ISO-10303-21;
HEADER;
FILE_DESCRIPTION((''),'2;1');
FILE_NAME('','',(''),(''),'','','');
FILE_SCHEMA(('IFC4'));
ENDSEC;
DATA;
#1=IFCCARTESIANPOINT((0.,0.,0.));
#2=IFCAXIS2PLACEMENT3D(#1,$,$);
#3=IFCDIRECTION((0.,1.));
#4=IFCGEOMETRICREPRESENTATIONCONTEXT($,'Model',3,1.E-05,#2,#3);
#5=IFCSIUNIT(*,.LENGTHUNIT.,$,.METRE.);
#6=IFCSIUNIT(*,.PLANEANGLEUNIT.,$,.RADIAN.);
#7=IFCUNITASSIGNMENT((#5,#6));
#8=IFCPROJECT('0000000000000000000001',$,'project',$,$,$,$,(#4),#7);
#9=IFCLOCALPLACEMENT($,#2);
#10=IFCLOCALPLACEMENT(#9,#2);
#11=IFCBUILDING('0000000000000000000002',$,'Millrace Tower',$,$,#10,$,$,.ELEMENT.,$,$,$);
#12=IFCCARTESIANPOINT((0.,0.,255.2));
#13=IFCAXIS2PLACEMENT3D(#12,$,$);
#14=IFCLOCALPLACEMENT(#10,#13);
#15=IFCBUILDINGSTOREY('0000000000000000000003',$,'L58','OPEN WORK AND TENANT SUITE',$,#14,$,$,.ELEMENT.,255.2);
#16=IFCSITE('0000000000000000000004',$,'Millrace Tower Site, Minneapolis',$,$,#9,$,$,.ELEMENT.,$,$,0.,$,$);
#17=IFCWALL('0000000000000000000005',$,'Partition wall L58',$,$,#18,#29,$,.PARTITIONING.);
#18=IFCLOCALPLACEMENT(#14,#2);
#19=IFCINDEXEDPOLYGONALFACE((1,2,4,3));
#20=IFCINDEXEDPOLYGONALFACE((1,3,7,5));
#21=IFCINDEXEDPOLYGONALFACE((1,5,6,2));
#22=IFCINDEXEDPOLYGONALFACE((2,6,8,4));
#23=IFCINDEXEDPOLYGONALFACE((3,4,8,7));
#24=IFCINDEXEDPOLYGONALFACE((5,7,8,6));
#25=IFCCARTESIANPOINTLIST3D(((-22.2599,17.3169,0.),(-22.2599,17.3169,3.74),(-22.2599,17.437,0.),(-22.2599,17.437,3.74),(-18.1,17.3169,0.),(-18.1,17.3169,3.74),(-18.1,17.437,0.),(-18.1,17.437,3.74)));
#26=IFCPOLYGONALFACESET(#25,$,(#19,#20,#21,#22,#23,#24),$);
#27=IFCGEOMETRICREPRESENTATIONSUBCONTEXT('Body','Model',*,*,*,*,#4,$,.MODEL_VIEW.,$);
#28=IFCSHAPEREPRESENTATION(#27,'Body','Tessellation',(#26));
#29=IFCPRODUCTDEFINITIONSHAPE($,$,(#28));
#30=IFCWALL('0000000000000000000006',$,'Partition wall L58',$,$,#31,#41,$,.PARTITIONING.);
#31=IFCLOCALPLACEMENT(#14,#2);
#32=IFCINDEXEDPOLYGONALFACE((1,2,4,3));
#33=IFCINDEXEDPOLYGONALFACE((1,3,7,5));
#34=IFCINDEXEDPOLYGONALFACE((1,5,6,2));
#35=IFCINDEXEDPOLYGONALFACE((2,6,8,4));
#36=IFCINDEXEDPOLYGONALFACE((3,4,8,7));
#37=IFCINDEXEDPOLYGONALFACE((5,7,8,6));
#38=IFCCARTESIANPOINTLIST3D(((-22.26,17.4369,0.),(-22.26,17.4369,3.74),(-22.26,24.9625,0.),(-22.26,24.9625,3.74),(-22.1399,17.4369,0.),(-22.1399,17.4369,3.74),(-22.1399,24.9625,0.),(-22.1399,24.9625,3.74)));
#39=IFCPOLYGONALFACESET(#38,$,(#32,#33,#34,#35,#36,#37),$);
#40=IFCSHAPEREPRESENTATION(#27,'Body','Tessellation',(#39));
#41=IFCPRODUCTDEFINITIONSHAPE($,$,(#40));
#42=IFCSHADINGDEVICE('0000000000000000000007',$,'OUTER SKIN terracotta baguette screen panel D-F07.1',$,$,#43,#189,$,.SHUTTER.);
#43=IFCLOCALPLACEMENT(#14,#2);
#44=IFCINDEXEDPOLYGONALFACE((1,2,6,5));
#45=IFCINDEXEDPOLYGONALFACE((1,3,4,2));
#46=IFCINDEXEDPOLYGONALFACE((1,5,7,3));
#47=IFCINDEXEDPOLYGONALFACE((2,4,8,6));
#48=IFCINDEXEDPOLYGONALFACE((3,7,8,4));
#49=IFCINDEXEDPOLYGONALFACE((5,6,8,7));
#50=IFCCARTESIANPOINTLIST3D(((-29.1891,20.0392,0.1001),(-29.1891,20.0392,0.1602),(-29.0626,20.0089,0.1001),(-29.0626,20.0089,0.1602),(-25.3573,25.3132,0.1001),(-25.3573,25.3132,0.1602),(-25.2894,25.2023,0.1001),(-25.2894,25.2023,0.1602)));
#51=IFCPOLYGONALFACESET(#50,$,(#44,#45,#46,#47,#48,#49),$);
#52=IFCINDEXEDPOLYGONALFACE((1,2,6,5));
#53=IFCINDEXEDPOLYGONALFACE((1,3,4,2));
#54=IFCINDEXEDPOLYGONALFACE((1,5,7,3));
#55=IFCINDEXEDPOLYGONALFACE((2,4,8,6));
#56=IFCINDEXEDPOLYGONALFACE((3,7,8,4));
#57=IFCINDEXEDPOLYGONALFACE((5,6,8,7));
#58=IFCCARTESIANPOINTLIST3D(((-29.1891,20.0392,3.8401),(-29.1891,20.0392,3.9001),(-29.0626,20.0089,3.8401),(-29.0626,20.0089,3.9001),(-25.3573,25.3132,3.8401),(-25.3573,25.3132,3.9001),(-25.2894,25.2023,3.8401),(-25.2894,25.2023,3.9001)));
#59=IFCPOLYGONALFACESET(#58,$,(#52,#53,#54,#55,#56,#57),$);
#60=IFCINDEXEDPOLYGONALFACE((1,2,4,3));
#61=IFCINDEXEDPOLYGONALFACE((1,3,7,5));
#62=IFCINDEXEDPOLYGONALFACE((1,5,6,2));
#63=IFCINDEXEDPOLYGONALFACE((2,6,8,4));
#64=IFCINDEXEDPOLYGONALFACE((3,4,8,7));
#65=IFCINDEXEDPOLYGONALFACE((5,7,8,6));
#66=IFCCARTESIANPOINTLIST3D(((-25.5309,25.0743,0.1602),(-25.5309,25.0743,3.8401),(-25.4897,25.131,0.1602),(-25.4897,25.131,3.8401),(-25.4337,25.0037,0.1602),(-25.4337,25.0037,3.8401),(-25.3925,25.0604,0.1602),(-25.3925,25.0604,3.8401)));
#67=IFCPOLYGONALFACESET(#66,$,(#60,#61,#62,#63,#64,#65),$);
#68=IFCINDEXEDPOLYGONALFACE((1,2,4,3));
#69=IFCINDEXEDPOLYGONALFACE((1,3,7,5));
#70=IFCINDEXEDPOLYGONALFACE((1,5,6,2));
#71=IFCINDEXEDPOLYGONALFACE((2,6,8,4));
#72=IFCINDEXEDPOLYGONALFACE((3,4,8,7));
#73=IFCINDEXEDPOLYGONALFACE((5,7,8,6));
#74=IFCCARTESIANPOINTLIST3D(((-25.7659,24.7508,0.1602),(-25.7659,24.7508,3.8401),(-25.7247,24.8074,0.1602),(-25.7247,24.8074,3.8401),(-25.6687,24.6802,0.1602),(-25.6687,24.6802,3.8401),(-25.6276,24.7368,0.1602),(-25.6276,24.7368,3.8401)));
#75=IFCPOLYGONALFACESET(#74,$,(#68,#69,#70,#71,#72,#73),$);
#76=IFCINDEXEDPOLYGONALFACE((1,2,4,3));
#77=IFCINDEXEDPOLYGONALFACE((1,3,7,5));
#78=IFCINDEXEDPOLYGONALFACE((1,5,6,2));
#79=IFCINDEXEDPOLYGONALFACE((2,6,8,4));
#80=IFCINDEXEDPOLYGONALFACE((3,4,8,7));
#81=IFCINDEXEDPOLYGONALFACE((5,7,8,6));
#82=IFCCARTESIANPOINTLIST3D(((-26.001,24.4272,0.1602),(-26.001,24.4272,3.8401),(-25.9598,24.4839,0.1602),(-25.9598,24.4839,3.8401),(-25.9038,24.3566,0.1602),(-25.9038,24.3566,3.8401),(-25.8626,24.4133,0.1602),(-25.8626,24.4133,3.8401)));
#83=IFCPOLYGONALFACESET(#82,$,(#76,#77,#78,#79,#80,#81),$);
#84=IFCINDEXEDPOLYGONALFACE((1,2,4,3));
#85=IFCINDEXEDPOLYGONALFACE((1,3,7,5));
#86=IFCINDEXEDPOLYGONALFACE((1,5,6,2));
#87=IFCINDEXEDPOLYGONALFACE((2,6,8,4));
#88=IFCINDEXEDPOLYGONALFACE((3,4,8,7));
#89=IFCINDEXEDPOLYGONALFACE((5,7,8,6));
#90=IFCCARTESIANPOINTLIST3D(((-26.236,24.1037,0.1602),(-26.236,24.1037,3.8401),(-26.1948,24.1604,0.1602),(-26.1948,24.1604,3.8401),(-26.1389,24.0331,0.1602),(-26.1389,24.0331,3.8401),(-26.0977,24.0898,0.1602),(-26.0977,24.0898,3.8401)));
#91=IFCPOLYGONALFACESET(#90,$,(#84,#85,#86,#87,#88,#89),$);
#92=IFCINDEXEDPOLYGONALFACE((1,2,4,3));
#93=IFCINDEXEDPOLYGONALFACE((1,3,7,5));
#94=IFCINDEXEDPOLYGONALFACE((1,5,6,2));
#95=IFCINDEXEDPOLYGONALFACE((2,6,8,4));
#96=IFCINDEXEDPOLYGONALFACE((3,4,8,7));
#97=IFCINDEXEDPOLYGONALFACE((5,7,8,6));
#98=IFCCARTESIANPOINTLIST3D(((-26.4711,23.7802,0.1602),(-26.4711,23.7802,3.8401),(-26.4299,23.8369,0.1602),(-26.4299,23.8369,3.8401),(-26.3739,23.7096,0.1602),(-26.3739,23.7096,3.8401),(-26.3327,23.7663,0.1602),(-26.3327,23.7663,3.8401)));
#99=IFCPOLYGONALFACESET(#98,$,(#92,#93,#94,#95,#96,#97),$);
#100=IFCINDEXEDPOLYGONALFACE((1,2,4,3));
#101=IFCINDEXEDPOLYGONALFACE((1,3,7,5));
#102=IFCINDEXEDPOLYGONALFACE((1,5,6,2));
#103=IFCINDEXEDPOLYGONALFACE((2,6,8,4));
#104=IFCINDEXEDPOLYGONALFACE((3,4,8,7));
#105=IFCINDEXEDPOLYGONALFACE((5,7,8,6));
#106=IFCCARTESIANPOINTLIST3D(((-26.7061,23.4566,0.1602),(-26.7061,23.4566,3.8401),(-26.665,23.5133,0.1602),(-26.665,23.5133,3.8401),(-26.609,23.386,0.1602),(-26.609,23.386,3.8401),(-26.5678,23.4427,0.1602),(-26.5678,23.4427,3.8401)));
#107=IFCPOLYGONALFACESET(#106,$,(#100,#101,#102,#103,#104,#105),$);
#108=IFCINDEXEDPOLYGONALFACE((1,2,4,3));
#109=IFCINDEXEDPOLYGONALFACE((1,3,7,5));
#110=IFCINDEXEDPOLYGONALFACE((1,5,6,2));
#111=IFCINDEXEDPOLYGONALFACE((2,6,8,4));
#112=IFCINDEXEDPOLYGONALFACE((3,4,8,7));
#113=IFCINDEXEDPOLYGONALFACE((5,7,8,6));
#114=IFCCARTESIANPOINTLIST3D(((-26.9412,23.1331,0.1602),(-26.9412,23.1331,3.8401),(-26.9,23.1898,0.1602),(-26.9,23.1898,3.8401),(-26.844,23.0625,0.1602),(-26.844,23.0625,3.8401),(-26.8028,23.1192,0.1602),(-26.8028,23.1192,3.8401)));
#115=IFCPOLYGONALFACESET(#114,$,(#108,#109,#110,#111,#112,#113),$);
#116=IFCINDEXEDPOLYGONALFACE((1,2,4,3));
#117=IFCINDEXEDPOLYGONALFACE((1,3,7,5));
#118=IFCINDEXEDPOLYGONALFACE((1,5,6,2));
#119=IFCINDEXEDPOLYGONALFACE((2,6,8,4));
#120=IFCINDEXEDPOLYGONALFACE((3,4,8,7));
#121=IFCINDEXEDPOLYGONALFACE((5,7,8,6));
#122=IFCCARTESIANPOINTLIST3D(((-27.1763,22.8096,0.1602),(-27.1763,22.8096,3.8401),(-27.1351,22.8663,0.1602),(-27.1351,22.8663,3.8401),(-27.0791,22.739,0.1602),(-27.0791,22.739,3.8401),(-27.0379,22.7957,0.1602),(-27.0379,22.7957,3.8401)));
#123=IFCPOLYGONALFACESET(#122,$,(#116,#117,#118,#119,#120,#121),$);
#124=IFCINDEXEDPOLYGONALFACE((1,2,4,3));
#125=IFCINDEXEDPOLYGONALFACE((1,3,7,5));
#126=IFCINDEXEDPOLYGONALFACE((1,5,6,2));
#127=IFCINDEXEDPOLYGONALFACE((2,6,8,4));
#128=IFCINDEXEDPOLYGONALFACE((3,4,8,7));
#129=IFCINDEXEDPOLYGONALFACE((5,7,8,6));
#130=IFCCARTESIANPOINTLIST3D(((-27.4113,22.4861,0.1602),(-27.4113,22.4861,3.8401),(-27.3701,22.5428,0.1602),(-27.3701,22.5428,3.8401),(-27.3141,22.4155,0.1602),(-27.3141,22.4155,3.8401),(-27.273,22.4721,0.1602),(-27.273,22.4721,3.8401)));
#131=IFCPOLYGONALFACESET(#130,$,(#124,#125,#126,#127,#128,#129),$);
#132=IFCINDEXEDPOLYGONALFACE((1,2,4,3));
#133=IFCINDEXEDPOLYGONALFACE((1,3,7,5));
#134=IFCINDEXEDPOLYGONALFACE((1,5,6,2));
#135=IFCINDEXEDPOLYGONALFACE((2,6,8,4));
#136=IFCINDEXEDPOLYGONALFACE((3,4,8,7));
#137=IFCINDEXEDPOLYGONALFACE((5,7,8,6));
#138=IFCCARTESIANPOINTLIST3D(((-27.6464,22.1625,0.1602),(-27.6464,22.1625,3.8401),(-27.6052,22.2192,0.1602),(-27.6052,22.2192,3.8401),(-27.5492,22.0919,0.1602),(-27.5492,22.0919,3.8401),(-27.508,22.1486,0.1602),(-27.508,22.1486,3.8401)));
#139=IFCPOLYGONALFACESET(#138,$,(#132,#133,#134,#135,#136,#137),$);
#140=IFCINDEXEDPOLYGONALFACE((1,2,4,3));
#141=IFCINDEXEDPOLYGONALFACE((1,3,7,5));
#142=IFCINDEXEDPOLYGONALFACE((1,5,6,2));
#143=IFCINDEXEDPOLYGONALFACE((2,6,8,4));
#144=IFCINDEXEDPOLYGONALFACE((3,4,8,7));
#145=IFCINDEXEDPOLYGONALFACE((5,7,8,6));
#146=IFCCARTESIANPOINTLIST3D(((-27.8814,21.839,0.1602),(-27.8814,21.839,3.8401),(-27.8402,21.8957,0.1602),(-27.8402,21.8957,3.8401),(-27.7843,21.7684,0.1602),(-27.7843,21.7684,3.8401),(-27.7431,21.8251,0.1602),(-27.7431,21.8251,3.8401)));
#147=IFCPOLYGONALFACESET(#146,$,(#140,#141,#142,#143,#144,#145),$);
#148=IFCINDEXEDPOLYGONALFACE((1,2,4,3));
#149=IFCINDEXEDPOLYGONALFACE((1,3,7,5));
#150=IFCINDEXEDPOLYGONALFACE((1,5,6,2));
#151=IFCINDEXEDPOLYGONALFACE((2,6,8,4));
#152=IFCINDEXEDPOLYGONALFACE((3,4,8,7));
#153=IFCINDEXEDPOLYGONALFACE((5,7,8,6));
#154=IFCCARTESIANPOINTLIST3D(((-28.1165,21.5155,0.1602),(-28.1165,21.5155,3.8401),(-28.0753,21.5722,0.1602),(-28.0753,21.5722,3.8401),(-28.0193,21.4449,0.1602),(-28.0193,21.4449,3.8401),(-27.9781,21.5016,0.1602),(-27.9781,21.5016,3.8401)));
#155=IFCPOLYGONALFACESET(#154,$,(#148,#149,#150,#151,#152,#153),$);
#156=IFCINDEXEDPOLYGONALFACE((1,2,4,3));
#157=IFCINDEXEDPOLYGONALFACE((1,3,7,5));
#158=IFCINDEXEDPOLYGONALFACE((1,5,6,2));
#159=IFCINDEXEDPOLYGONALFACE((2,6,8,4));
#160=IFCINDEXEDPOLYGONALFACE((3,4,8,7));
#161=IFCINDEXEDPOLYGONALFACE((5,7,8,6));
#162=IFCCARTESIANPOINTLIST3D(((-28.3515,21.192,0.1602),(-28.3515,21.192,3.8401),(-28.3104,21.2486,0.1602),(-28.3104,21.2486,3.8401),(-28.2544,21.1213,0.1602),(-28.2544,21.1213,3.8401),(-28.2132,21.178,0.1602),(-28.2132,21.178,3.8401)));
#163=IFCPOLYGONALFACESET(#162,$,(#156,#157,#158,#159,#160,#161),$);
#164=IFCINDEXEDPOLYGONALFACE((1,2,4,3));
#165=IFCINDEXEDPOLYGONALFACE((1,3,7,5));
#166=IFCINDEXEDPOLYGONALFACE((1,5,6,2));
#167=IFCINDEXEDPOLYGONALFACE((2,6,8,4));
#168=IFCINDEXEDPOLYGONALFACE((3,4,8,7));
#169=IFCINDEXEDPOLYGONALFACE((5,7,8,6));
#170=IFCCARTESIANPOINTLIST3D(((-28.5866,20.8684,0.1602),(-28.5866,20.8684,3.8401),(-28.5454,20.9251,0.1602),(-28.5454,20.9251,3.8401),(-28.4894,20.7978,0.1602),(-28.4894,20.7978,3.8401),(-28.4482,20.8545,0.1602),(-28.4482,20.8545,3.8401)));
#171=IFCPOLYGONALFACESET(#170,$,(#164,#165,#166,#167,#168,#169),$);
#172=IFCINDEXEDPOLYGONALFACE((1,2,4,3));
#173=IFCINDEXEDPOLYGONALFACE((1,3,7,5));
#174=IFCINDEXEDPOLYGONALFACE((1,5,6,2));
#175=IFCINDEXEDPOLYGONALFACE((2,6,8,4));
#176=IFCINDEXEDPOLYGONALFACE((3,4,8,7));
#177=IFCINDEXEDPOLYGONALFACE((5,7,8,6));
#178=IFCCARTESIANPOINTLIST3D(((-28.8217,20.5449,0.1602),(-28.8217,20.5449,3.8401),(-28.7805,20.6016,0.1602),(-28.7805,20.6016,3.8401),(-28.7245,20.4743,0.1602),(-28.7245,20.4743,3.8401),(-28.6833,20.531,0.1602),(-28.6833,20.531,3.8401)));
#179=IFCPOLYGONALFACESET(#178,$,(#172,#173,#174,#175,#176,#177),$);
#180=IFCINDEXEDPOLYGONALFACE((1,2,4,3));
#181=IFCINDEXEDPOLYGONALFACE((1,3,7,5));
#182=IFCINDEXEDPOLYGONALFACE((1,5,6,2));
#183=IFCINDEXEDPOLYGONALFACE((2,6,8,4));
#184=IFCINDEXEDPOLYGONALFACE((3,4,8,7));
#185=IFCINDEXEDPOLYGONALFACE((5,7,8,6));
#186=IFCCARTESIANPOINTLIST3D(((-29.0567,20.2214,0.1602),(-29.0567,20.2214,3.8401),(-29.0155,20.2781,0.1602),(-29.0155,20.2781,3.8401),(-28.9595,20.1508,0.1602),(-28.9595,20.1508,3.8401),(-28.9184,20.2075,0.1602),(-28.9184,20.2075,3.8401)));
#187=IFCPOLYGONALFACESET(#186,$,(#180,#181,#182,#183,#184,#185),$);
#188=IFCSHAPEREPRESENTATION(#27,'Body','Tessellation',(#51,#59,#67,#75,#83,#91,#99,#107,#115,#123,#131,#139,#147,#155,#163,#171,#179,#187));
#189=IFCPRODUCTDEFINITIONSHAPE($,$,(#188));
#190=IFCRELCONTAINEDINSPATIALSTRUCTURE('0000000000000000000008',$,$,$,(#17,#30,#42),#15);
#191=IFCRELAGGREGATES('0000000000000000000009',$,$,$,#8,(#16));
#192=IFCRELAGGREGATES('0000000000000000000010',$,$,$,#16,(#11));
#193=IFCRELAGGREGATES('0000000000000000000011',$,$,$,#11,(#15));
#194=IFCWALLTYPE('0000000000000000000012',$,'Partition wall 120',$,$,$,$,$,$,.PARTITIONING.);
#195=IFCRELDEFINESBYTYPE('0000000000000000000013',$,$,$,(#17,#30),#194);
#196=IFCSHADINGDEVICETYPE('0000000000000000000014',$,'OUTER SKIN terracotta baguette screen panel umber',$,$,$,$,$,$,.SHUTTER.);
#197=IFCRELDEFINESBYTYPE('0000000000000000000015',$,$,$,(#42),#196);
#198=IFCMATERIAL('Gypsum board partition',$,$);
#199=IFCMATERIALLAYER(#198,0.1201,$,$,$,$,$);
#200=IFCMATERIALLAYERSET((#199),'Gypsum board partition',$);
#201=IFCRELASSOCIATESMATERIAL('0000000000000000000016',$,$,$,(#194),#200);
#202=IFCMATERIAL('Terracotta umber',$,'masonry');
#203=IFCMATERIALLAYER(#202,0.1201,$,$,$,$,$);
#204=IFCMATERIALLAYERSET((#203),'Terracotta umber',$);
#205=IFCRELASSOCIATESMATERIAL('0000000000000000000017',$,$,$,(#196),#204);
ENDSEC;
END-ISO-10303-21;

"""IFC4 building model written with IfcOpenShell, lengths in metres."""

from ifc_helpers import new_model, entity, si_unit, direction, frame, frame_2d, origin, place, context, subcontext, project, spatial, rectangle, extrude, source, transform, mapped, material, layer, layer_set, type_object, element, save


model = new_model("IFC4")

# Units and contexts
model_context = context("Model", 3, precision=1e-05, world=origin(), true_north=direction((0.0, 1.0)))
body_context = subcontext(model_context, "Body", "Model", "MODEL_VIEW")
ifc_project = project(units=[si_unit("LENGTHUNIT", "METRE"), si_unit("PLANEANGLEUNIT", "RADIAN")], contexts=[model_context])

# Site, building, storey
site_placement = place(None, origin())
site = spatial("IfcSite", under=ifc_project, at=site_placement, Name="Millrace Tower Site, Minneapolis", CompositionType="ELEMENT", RefElevation=0.0)
building_placement = place(site_placement, origin())
building = spatial("IfcBuilding", under=site, at=building_placement, Name="Millrace Tower", CompositionType="ELEMENT")
storey_placement = place(building_placement, frame((0.0, 0.0, 255.2)))
storey = spatial("IfcBuildingStorey", under=building, at=storey_placement, Name="L58", Description="OPEN WORK AND TENANT SUITE", CompositionType="ELEMENT", Elevation=255.2)

# Walls
ifc_material_1 = material(Name="Gypsum board partition")
ifc_layer_1 = layer(ifc_material_1, 0.1201)
ifc_layer_set_1 = layer_set([ifc_layer_1], Name="Gypsum board partition")
wall_type = type_object("IfcWallType", Name="Partition wall 120", PredefinedType="PARTITIONING", material=ifc_layer_set_1)
wall_1_placement = place(storey_placement, frame((-22.26, 17.377, 0.0), z_axis=(0.0, 0.0, 1.0), x_axis=(1.0, 0.0, 0.0)))
element("IfcWall", 1, at=wall_1_placement, inside=storey, type_object=wall_type, Name="Partition wall L58", PredefinedType="PARTITIONING", context=body_context, shape_type="SweptSolid", body=[
    extrude(rectangle(XDim=4.1599, YDim=0.1201, at=frame_2d((2.0801, 0.0))), origin(), (0.0, 0.0, 1.0), 3.74),
])
wall_2_placement = place(storey_placement, frame((-22.2, 17.437, 0.0), z_axis=(0.0, 0.0, 1.0), x_axis=(0.0, 1.0, 0.0)))
element("IfcWall", 2, at=wall_2_placement, inside=storey, type_object=wall_type, Name="Partition wall L58", PredefinedType="PARTITIONING", context=body_context, shape_type="SweptSolid", body=[
    extrude(rectangle(XDim=7.5256, YDim=0.1201, at=frame_2d((3.7627, 0.0))), origin(), (0.0, 0.0, 1.0), 3.74),
])

# Shading device
ifc_material_2 = material(Name="Terracotta umber", Category="masonry")
ifc_layer_2 = layer(ifc_material_2, 0.1201)
ifc_layer_set_2 = layer_set([ifc_layer_2], Name="Terracotta umber")
shading_device_type = type_object("IfcShadingDeviceType", Name="OUTER SKIN terracotta baguette screen panel umber", PredefinedType="SHUTTER", material=ifc_layer_set_2)
cartesian_point_1 = entity("IfcCartesianPoint", [-3.2097, 0.0601])
shared_polyline_1 = entity("IfcPolyline", [cartesian_point_1, entity("IfcCartesianPoint", [3.2097, 0.0601]), entity("IfcCartesianPoint", [3.2595, -0.0601]), entity("IfcCartesianPoint", [-3.2595, -0.0601]), cartesian_point_1])
shared_shape_1 = source(origin(), body_context, "Body", "SweptSolid", [
    entity("IfcExtrudedAreaSolid", entity("IfcArbitraryClosedProfileDef", "AREA", None, shared_polyline_1), entity("IfcAxis2Placement3D", entity("IfcCartesianPoint", [0.0, 0.0, 0.0])), entity("IfcDirection", [0.0, 0.0, 1.0]), 0.0601),
    entity("IfcExtrudedAreaSolid", entity("IfcArbitraryClosedProfileDef", "AREA", None, shared_polyline_1), entity("IfcAxis2Placement3D", entity("IfcCartesianPoint", [0.0, 0.0, 3.74])), entity("IfcDirection", [0.0, 0.0, 1.0]), 0.0601),
    extrude(rectangle(XDim=0.0701, YDim=0.1201, at=frame_2d((-2.9993, 0.0))), frame((0.0, 0.0, 0.0601)), (0.0, 0.0, 1.0), 3.6799),
    extrude(rectangle(XDim=0.0701, YDim=0.1201, at=frame_2d((-2.5994, 0.0))), frame((0.0, 0.0, 0.0601)), (0.0, 0.0, 1.0), 3.6799),
    extrude(rectangle(XDim=0.0701, YDim=0.1201, at=frame_2d((-2.1995, 0.0))), frame((0.0, 0.0, 0.0601)), (0.0, 0.0, 1.0), 3.6799),
    extrude(rectangle(XDim=0.0701, YDim=0.1201, at=frame_2d((-1.7996, 0.0))), frame((0.0, 0.0, 0.0601)), (0.0, 0.0, 1.0), 3.6799),
    extrude(rectangle(XDim=0.0701, YDim=0.1201, at=frame_2d((-1.3997, 0.0))), frame((0.0, 0.0, 0.0601)), (0.0, 0.0, 1.0), 3.6799),
    extrude(rectangle(XDim=0.0701, YDim=0.1201, at=frame_2d((-0.9998, 0.0))), frame((0.0, 0.0, 0.0601)), (0.0, 0.0, 1.0), 3.6799),
    extrude(rectangle(XDim=0.0701, YDim=0.1201, at=frame_2d((-0.5999, 0.0))), frame((0.0, 0.0, 0.0601)), (0.0, 0.0, 1.0), 3.6799),
    extrude(rectangle(XDim=0.0701, YDim=0.1201, at=frame_2d((-0.2, 0.0))), frame((0.0, 0.0, 0.0601)), (0.0, 0.0, 1.0), 3.6799),
    extrude(rectangle(XDim=0.0701, YDim=0.1201, at=frame_2d((0.2, 0.0))), frame((0.0, 0.0, 0.0601)), (0.0, 0.0, 1.0), 3.6799),
    extrude(rectangle(XDim=0.0701, YDim=0.1201, at=frame_2d((0.5999, 0.0))), frame((0.0, 0.0, 0.0601)), (0.0, 0.0, 1.0), 3.6799),
    extrude(rectangle(XDim=0.0701, YDim=0.1201, at=frame_2d((0.9998, 0.0))), frame((0.0, 0.0, 0.0601)), (0.0, 0.0, 1.0), 3.6799),
    extrude(rectangle(XDim=0.0701, YDim=0.1201, at=frame_2d((1.3997, 0.0))), frame((0.0, 0.0, 0.0601)), (0.0, 0.0, 1.0), 3.6799),
    extrude(rectangle(XDim=0.0701, YDim=0.1201, at=frame_2d((1.7996, 0.0))), frame((0.0, 0.0, 0.0601)), (0.0, 0.0, 1.0), 3.6799),
    extrude(rectangle(XDim=0.0701, YDim=0.1201, at=frame_2d((2.1995, 0.0))), frame((0.0, 0.0, 0.0601)), (0.0, 0.0, 1.0), 3.6799),
    extrude(rectangle(XDim=0.0701, YDim=0.1201, at=frame_2d((2.5994, 0.0))), frame((0.0, 0.0, 0.0601)), (0.0, 0.0, 1.0), 3.6799),
    extrude(rectangle(XDim=0.0701, YDim=0.1201, at=frame_2d((2.9993, 0.0))), frame((0.0, 0.0, 0.0601)), (0.0, 0.0, 1.0), 3.6799),
])
shading_device_1_placement = place(storey_placement, frame((-27.2246, 22.6409, 0.1001), z_axis=(0.0, 0.0, 1.0), x_axis=(-0.587785, -0.809017, 0.0)))
element("IfcShadingDevice", 3, at=shading_device_1_placement, inside=storey, type_object=shading_device_type, Name="OUTER SKIN terracotta baguette screen panel D-F07.1", PredefinedType="SHUTTER", context=body_context, shape_type="MappedRepresentation", body=[
    mapped(shared_shape_1, transform((0.0, 0.0, 0.0), scale=1.0)),
])

save(model, "model.ifc")
